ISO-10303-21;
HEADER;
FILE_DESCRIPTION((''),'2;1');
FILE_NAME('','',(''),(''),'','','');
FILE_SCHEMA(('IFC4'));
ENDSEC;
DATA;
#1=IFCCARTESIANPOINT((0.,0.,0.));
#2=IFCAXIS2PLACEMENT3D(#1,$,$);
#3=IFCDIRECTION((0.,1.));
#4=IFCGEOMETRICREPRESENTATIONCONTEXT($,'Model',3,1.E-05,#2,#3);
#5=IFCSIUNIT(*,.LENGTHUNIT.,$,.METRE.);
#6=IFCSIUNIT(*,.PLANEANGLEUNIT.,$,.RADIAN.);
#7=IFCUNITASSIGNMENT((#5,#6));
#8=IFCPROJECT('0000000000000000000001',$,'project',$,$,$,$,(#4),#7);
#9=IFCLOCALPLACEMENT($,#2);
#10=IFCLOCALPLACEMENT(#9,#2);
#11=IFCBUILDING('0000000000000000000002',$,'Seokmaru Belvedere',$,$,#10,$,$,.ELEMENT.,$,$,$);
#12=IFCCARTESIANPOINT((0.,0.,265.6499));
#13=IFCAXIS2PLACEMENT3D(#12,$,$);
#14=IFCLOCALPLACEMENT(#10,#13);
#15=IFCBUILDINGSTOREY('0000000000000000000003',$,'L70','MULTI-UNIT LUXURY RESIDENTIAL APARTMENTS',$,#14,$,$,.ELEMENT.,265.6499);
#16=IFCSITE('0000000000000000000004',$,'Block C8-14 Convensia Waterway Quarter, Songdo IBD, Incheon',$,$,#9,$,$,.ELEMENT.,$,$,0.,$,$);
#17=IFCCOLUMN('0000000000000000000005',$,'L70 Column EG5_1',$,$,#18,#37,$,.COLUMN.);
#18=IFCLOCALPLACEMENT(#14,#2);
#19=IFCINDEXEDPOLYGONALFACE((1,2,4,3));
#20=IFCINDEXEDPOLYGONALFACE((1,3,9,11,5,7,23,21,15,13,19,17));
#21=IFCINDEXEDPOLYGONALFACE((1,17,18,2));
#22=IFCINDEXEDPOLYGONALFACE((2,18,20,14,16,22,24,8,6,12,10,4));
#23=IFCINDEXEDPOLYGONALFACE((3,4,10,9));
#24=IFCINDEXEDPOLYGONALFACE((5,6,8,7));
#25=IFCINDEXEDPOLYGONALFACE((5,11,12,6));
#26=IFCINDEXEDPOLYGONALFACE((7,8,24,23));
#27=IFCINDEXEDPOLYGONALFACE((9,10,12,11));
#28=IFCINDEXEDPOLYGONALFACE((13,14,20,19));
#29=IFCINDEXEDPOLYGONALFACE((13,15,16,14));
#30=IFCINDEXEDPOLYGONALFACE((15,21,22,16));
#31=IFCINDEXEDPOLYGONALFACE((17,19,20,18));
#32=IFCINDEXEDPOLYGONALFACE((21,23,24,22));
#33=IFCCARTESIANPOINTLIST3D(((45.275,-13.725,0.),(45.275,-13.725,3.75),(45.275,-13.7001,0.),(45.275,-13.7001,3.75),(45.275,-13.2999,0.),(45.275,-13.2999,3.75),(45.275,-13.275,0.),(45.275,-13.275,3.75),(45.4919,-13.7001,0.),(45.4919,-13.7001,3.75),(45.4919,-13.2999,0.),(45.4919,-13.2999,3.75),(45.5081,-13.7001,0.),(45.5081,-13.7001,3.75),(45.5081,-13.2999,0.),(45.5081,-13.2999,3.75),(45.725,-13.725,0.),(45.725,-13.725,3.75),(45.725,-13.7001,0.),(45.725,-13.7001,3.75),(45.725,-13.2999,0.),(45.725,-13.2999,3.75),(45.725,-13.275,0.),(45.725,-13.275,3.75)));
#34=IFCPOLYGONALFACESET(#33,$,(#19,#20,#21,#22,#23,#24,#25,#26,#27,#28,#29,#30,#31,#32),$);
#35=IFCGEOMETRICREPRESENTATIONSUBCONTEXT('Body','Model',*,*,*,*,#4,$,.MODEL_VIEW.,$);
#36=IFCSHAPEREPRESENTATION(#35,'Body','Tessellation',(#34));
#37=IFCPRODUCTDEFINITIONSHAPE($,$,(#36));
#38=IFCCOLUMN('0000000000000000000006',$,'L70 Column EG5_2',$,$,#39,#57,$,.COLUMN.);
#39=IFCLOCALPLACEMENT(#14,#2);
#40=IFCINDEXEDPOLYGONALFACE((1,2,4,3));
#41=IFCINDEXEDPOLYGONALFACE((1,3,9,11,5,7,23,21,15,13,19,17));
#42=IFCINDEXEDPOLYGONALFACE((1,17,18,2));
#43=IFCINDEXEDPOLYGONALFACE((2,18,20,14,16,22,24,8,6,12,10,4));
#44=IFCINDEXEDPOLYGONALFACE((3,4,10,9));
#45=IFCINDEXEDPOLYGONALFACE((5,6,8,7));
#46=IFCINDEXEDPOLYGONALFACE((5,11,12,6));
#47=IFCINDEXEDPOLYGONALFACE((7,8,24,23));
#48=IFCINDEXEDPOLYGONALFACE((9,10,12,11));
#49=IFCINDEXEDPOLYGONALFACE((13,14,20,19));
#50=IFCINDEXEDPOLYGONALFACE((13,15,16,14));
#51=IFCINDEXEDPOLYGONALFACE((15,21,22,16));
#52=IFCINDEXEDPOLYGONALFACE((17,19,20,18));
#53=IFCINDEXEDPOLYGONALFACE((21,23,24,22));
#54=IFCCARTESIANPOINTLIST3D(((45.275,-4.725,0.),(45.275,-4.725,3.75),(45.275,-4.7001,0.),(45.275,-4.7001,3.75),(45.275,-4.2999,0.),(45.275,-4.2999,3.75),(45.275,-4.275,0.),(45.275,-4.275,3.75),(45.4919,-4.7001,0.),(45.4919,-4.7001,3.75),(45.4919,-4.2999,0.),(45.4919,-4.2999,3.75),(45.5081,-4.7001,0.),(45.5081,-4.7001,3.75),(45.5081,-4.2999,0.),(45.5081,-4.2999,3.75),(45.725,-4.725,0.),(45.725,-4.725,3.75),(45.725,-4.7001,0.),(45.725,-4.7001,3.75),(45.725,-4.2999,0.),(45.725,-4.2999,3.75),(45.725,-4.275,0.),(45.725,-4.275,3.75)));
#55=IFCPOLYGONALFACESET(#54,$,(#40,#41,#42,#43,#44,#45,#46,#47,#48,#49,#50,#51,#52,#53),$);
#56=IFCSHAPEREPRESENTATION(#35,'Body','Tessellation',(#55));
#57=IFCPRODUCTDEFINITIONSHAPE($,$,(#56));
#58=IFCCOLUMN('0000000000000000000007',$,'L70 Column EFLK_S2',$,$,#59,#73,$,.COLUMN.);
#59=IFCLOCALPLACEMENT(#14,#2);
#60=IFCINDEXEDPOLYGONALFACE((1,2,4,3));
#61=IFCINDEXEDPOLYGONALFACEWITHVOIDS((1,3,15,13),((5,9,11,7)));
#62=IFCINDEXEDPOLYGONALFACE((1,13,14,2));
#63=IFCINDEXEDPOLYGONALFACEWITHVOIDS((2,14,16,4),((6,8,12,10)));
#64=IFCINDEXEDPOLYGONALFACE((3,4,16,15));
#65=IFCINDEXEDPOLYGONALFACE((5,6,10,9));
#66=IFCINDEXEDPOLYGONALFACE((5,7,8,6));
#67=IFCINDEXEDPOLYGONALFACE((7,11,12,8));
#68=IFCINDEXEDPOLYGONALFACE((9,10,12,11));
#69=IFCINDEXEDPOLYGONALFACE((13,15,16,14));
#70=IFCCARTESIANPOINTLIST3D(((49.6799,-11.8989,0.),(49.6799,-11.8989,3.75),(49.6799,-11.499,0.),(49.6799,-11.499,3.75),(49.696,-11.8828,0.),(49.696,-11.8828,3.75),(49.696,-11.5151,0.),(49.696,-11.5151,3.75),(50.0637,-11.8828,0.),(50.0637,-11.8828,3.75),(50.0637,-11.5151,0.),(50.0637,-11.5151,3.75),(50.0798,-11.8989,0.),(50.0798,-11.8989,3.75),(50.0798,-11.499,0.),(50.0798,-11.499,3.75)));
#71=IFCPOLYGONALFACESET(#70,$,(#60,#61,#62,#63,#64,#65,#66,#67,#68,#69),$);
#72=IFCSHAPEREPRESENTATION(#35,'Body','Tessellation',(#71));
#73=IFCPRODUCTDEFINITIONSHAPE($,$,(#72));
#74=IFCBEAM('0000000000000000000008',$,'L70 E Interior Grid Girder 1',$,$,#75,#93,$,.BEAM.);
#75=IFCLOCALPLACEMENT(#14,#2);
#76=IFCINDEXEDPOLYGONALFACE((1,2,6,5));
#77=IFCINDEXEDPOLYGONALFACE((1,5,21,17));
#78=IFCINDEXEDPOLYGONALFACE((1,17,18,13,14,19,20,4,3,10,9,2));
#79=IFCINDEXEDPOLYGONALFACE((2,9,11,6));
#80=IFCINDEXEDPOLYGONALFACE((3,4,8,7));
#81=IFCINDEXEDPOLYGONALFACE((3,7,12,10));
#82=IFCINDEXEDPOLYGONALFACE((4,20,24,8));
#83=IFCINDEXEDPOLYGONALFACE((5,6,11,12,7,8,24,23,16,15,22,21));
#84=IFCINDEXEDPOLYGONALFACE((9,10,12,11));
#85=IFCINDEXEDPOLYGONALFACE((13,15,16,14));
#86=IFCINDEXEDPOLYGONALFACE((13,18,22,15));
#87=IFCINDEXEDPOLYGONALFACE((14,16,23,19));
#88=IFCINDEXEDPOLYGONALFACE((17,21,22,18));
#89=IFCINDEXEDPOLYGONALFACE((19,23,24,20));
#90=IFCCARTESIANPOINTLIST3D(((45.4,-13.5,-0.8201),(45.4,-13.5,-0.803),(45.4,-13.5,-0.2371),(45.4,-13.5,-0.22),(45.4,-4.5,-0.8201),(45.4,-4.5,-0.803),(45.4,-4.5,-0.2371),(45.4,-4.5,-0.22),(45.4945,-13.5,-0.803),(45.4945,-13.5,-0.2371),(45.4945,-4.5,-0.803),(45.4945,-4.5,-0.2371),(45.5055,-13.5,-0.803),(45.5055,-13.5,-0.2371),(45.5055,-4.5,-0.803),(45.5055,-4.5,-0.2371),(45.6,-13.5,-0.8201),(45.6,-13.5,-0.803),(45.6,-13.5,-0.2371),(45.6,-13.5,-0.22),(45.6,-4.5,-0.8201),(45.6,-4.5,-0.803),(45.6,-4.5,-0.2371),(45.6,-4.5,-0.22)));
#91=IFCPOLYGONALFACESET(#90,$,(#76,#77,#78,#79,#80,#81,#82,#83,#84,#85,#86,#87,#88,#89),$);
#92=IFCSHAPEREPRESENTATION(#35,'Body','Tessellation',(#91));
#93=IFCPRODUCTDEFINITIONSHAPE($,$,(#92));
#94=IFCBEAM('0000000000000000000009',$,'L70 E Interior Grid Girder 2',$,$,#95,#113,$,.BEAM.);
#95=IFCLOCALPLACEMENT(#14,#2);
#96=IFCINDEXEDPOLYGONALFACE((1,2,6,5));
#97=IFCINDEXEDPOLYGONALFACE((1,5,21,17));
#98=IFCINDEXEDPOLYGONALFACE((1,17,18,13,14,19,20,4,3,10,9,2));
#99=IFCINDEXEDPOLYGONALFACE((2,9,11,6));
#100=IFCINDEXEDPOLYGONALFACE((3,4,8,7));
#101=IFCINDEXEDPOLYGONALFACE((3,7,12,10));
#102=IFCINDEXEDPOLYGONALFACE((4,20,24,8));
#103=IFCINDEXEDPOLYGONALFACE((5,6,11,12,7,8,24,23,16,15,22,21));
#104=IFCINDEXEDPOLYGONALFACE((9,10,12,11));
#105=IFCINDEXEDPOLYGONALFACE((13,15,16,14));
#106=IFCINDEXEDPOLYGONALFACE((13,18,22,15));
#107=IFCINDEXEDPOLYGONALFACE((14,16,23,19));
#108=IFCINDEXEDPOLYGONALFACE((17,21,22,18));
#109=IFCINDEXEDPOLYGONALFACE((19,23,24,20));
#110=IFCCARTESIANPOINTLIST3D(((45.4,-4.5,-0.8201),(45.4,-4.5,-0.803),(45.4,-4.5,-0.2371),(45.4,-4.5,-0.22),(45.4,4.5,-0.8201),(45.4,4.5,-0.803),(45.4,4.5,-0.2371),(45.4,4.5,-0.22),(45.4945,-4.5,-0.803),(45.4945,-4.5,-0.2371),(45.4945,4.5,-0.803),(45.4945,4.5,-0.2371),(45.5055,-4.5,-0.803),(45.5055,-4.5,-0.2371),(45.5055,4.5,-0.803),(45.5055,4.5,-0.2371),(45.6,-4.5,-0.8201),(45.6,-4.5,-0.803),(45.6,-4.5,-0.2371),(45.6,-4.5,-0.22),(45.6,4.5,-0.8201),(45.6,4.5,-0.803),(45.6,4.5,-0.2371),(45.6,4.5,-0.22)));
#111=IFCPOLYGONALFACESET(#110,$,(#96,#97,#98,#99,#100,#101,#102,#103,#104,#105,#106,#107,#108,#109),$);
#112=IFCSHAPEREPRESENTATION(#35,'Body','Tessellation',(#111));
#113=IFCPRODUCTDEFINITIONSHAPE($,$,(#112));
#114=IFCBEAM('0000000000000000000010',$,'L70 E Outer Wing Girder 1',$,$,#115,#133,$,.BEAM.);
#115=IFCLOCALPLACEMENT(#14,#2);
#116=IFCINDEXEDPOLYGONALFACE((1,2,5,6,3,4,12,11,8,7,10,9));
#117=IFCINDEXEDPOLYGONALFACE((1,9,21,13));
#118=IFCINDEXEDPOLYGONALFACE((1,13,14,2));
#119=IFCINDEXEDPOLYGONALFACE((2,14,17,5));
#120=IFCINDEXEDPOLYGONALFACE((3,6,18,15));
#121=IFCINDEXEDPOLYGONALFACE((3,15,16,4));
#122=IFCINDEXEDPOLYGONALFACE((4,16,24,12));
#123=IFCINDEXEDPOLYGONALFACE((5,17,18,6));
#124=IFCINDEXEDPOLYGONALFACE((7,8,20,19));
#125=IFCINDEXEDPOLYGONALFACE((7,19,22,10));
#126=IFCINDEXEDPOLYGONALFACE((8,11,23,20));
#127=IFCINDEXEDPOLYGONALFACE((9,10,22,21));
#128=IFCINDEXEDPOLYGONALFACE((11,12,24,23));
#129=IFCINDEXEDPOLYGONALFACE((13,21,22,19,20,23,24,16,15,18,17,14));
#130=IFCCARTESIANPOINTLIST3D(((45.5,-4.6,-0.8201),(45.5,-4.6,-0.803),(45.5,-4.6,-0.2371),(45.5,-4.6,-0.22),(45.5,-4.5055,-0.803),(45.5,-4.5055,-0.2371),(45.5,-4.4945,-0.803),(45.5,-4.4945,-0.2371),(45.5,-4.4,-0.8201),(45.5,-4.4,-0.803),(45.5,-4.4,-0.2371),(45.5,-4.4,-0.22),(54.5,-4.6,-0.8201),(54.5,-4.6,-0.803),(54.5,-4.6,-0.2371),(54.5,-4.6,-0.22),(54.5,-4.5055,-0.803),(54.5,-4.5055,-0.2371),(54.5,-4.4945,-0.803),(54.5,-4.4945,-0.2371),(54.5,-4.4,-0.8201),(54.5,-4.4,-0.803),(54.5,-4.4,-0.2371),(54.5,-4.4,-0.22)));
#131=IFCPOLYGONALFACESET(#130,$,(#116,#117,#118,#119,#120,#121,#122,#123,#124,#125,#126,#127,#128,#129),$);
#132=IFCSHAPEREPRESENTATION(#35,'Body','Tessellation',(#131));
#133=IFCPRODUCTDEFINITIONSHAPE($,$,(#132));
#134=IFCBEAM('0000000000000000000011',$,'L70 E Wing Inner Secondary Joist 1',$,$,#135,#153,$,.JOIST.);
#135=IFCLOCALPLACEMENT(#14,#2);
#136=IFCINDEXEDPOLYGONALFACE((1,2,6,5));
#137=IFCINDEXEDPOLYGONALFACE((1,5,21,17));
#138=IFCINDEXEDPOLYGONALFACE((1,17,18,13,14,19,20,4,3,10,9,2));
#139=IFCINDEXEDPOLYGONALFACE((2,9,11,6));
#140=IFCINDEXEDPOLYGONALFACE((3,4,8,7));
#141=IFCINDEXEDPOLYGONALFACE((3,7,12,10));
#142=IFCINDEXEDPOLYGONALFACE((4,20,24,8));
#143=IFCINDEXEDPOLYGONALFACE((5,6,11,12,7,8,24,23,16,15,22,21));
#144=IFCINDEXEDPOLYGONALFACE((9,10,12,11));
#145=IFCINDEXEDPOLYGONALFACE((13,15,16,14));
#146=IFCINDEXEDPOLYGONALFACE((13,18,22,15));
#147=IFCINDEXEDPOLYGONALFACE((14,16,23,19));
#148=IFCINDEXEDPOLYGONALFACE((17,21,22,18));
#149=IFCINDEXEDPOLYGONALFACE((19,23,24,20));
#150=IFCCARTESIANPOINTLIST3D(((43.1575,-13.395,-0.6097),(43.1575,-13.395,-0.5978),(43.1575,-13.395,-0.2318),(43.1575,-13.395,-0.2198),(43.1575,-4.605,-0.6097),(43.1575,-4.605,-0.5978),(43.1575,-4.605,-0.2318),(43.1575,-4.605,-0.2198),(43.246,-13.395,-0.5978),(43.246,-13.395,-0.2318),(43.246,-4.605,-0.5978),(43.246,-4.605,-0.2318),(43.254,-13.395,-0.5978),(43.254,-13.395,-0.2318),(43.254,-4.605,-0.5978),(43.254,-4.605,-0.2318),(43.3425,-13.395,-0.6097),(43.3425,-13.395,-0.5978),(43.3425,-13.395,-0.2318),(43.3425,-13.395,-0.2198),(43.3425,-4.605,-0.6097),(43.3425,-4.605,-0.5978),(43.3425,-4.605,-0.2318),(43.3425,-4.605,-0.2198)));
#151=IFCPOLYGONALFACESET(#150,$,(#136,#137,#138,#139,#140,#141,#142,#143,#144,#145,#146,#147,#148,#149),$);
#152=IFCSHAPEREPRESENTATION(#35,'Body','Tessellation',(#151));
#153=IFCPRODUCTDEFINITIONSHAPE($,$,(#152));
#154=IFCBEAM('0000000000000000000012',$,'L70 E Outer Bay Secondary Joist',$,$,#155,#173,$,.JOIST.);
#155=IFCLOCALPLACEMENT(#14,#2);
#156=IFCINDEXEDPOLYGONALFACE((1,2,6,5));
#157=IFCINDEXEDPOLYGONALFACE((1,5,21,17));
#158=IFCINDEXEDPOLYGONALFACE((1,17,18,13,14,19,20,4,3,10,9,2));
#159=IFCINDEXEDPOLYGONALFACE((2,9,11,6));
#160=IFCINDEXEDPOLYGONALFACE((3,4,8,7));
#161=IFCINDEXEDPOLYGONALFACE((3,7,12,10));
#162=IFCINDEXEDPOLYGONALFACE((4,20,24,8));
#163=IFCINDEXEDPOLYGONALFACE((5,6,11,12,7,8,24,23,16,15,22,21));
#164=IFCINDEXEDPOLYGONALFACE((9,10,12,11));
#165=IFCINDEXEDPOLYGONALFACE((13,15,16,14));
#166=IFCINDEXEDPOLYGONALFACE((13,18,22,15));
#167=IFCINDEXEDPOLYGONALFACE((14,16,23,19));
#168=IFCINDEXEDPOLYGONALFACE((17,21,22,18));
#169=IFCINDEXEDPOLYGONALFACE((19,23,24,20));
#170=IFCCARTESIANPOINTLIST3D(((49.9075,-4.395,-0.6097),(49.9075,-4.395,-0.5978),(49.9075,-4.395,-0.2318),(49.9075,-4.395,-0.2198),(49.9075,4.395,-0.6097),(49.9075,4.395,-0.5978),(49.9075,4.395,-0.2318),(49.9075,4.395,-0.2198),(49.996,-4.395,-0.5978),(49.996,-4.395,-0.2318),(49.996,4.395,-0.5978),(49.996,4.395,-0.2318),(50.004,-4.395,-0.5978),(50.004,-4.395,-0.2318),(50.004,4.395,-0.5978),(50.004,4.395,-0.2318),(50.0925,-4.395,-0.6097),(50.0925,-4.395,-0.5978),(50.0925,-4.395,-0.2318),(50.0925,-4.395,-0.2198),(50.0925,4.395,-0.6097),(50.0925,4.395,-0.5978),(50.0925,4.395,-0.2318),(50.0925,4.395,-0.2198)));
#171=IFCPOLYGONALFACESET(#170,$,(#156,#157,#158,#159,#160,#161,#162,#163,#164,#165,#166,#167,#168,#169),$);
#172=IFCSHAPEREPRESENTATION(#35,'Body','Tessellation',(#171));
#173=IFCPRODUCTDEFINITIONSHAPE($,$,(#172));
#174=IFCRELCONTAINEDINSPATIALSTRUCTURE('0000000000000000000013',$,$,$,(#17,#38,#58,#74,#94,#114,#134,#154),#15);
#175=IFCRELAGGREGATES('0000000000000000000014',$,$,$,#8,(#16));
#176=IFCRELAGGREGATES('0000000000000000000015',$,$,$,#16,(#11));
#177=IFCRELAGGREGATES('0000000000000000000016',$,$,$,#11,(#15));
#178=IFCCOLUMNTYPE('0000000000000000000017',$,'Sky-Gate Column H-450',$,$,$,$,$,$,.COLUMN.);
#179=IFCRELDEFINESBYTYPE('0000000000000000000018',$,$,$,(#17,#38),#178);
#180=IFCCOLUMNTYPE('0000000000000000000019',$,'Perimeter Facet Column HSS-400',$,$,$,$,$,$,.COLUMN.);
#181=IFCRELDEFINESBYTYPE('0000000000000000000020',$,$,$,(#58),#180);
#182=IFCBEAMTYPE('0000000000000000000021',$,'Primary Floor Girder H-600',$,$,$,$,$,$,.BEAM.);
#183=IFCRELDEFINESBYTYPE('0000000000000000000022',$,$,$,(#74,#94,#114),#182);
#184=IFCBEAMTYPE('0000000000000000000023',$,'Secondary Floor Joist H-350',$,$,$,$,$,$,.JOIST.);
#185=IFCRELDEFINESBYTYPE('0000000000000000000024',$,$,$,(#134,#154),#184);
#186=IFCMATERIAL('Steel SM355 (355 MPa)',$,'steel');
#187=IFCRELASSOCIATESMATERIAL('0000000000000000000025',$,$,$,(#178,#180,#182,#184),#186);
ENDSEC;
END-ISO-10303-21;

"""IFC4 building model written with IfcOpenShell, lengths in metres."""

from ifc_helpers import new_model, si_unit, direction, frame, origin, origin_2d, place, context, subcontext, project, spatial, hollow_rectangle, i_section, extrude, source, transform, mapped, material, material_profile, profile_set, type_object, type_shapes, element, save


model = new_model("IFC4")

# Units and contexts
model_context = context("Model", 3, precision=1e-05, world=origin(), true_north=direction((0.0, 1.0)))
body_context = subcontext(model_context, "Body", "Model", "MODEL_VIEW")
ifc_project = project(units=[si_unit("LENGTHUNIT", "METRE"), si_unit("PLANEANGLEUNIT", "RADIAN")], contexts=[model_context])

# Site, building, storey
site_placement = place(None, origin())
site = spatial("IfcSite", under=ifc_project, at=site_placement, Name="Block C8-14 Convensia Waterway Quarter, Songdo IBD, Incheon", CompositionType="ELEMENT", RefElevation=0.0)
building_placement = place(site_placement, origin())
building = spatial("IfcBuilding", under=site, at=building_placement, Name="Seokmaru Belvedere", CompositionType="ELEMENT")
storey_placement = place(building_placement, frame((0.0, 0.0, 265.6499)))
storey = spatial("IfcBuildingStorey", under=building, at=storey_placement, Name="L70", Description="MULTI-UNIT LUXURY RESIDENTIAL APARTMENTS", CompositionType="ELEMENT", Elevation=265.6499)

# Columns
ifc_material_1 = material(Name="Steel SM355 (355 MPa)", Category="steel")
ifc_material_profile_1 = material_profile(ifc_material_1, i_section(OverallWidth=0.45, OverallDepth=0.45, WebThickness=0.0161, FlangeThickness=0.0249, at=origin_2d()), Name="H-450x450x16x25")
ifc_profile_set_1 = profile_set([ifc_material_profile_1], Name="Steel SM355 (355 MPa)")
column_type_1 = type_object("IfcColumnType", Name="Sky-Gate Column H-450", PredefinedType="COLUMN", material=ifc_profile_set_1)
shared_shape_1 = source(origin(), body_context, "Body", "SweptSolid", [
    extrude(i_section(OverallWidth=0.45, OverallDepth=0.45, WebThickness=0.0161, FlangeThickness=0.0249, at=origin_2d()), origin(), (0.0, 0.0, 1.0), 3.75),
])
type_shapes(column_type_1, [shared_shape_1])
for number, where, z_axis, x_axis, name in (
    (1, (45.5, -13.5, 0.0), (0.0, 0.0, 1.0), (1.0, 0.0, 0.0), "L70 Column EG5_1"),
    (2, (45.5, -4.5, 0.0), (0.0, 0.0, 1.0), (1.0, 0.0, 0.0), "L70 Column EG5_2"),
):
    element("IfcColumn", number, at=place(storey_placement, frame(where, z_axis=z_axis, x_axis=x_axis)), inside=storey, type_object=column_type_1, Name=name, PredefinedType="COLUMN", context=body_context, shape_type="MappedRepresentation", body=[
        mapped(shared_shape_1, transform((0.0, 0.0, 0.0), scale=1.0)),
    ])
ifc_material_profile_2 = material_profile(ifc_material_1, hollow_rectangle(XDim=0.3999, YDim=0.3999, WallThickness=0.0161, at=origin_2d()), Name="HSS-400x400x16")
ifc_profile_set_2 = profile_set([ifc_material_profile_2], Name="Steel SM355 (355 MPa)")
column_type_2 = type_object("IfcColumnType", Name="Perimeter Facet Column HSS-400", PredefinedType="COLUMN", material=ifc_profile_set_2)
shared_shape_2 = source(origin(), body_context, "Body", "SweptSolid", [
    extrude(hollow_rectangle(XDim=0.3999, YDim=0.3999, WallThickness=0.0161, at=origin_2d()), origin(), (0.0, 0.0, 1.0), 3.75),
])
type_shapes(column_type_2, [shared_shape_2])
column_placement = place(storey_placement, frame((49.8799, -11.699, 0.0), z_axis=(0.0, 0.0, 1.0), x_axis=(1.0, 0.0, 0.0)))
element("IfcColumn", 3, at=column_placement, inside=storey, type_object=column_type_2, Name="L70 Column EFLK_S2", PredefinedType="COLUMN", context=body_context, shape_type="MappedRepresentation", body=[
    mapped(shared_shape_2, transform((0.0, 0.0, 0.0), scale=1.0)),
])

# Beams
ifc_material_profile_3 = material_profile(ifc_material_1, i_section(OverallWidth=0.2, OverallDepth=0.6001, WebThickness=0.011, FlangeThickness=0.0171, at=origin_2d()), Name="H-600x200x11x17")
ifc_profile_set_3 = profile_set([ifc_material_profile_3], Name="Steel SM355 (355 MPa)")
beam_type_1 = type_object("IfcBeamType", Name="Primary Floor Girder H-600", PredefinedType="BEAM", material=ifc_profile_set_3)
shared_shape_3 = source(origin(), body_context, "Body", "SweptSolid", [
    extrude(i_section(OverallWidth=0.2, OverallDepth=0.6001, WebThickness=0.011, FlangeThickness=0.0171, at=origin_2d()), origin(), (0.0, 0.0, 1.0), 9.0),
])
for number, where, z_axis, x_axis, name in (
    (4, (45.5, -13.5, -0.52), (0.0, 1.0, 0.0), (-1.0, 0.0, 0.0), "L70 E Interior Grid Girder 1"),
    (5, (45.5, -4.5, -0.52), (0.0, 1.0, 0.0), (-1.0, 0.0, 0.0), "L70 E Interior Grid Girder 2"),
    (6, (45.5, -4.5, -0.52), (1.0, 0.0, 0.0), (0.0, 1.0, 0.0), "L70 E Outer Wing Girder 1"),
):
    element("IfcBeam", number, at=place(storey_placement, frame(where, z_axis=z_axis, x_axis=x_axis)), inside=storey, type_object=beam_type_1, Name=name, PredefinedType="BEAM", context=body_context, shape_type="MappedRepresentation", body=[
        mapped(shared_shape_3, transform((0.0, 0.0, 0.0), scale=1.0)),
    ])
ifc_material_profile_4 = material_profile(ifc_material_1, i_section(OverallWidth=0.1851, OverallDepth=0.3899, WebThickness=0.0081, FlangeThickness=0.012, at=origin_2d()), Name="H-390x185x8x12")
ifc_profile_set_4 = profile_set([ifc_material_profile_4], Name="Steel SM355 (355 MPa)")
beam_type_2 = type_object("IfcBeamType", Name="Secondary Floor Joist H-350", PredefinedType="JOIST", material=ifc_profile_set_4)
shared_shape_4 = source(origin(), body_context, "Body", "SweptSolid", [
    extrude(i_section(OverallWidth=0.1851, OverallDepth=0.3899, WebThickness=0.0081, FlangeThickness=0.012, at=origin_2d()), origin(), (0.0, 0.0, 1.0), 8.79),
])
type_shapes(beam_type_2, [shared_shape_4])
for number, where, z_axis, x_axis, name in (
    (7, (43.25, -13.395, -0.4148), (0.0, 1.0, 0.0), (-1.0, 0.0, 0.0), "L70 E Wing Inner Secondary Joist 1"),
    (8, (50.0, -4.395, -0.4148), (0.0, 1.0, 0.0), (-1.0, 0.0, 0.0), "L70 E Outer Bay Secondary Joist"),
):
    element("IfcBeam", number, at=place(storey_placement, frame(where, z_axis=z_axis, x_axis=x_axis)), inside=storey, type_object=beam_type_2, Name=name, PredefinedType="JOIST", context=body_context, shape_type="MappedRepresentation", body=[
        mapped(shared_shape_4, transform((0.0, 0.0, 0.0), scale=1.0)),
    ])

save(model, "model.ifc")
